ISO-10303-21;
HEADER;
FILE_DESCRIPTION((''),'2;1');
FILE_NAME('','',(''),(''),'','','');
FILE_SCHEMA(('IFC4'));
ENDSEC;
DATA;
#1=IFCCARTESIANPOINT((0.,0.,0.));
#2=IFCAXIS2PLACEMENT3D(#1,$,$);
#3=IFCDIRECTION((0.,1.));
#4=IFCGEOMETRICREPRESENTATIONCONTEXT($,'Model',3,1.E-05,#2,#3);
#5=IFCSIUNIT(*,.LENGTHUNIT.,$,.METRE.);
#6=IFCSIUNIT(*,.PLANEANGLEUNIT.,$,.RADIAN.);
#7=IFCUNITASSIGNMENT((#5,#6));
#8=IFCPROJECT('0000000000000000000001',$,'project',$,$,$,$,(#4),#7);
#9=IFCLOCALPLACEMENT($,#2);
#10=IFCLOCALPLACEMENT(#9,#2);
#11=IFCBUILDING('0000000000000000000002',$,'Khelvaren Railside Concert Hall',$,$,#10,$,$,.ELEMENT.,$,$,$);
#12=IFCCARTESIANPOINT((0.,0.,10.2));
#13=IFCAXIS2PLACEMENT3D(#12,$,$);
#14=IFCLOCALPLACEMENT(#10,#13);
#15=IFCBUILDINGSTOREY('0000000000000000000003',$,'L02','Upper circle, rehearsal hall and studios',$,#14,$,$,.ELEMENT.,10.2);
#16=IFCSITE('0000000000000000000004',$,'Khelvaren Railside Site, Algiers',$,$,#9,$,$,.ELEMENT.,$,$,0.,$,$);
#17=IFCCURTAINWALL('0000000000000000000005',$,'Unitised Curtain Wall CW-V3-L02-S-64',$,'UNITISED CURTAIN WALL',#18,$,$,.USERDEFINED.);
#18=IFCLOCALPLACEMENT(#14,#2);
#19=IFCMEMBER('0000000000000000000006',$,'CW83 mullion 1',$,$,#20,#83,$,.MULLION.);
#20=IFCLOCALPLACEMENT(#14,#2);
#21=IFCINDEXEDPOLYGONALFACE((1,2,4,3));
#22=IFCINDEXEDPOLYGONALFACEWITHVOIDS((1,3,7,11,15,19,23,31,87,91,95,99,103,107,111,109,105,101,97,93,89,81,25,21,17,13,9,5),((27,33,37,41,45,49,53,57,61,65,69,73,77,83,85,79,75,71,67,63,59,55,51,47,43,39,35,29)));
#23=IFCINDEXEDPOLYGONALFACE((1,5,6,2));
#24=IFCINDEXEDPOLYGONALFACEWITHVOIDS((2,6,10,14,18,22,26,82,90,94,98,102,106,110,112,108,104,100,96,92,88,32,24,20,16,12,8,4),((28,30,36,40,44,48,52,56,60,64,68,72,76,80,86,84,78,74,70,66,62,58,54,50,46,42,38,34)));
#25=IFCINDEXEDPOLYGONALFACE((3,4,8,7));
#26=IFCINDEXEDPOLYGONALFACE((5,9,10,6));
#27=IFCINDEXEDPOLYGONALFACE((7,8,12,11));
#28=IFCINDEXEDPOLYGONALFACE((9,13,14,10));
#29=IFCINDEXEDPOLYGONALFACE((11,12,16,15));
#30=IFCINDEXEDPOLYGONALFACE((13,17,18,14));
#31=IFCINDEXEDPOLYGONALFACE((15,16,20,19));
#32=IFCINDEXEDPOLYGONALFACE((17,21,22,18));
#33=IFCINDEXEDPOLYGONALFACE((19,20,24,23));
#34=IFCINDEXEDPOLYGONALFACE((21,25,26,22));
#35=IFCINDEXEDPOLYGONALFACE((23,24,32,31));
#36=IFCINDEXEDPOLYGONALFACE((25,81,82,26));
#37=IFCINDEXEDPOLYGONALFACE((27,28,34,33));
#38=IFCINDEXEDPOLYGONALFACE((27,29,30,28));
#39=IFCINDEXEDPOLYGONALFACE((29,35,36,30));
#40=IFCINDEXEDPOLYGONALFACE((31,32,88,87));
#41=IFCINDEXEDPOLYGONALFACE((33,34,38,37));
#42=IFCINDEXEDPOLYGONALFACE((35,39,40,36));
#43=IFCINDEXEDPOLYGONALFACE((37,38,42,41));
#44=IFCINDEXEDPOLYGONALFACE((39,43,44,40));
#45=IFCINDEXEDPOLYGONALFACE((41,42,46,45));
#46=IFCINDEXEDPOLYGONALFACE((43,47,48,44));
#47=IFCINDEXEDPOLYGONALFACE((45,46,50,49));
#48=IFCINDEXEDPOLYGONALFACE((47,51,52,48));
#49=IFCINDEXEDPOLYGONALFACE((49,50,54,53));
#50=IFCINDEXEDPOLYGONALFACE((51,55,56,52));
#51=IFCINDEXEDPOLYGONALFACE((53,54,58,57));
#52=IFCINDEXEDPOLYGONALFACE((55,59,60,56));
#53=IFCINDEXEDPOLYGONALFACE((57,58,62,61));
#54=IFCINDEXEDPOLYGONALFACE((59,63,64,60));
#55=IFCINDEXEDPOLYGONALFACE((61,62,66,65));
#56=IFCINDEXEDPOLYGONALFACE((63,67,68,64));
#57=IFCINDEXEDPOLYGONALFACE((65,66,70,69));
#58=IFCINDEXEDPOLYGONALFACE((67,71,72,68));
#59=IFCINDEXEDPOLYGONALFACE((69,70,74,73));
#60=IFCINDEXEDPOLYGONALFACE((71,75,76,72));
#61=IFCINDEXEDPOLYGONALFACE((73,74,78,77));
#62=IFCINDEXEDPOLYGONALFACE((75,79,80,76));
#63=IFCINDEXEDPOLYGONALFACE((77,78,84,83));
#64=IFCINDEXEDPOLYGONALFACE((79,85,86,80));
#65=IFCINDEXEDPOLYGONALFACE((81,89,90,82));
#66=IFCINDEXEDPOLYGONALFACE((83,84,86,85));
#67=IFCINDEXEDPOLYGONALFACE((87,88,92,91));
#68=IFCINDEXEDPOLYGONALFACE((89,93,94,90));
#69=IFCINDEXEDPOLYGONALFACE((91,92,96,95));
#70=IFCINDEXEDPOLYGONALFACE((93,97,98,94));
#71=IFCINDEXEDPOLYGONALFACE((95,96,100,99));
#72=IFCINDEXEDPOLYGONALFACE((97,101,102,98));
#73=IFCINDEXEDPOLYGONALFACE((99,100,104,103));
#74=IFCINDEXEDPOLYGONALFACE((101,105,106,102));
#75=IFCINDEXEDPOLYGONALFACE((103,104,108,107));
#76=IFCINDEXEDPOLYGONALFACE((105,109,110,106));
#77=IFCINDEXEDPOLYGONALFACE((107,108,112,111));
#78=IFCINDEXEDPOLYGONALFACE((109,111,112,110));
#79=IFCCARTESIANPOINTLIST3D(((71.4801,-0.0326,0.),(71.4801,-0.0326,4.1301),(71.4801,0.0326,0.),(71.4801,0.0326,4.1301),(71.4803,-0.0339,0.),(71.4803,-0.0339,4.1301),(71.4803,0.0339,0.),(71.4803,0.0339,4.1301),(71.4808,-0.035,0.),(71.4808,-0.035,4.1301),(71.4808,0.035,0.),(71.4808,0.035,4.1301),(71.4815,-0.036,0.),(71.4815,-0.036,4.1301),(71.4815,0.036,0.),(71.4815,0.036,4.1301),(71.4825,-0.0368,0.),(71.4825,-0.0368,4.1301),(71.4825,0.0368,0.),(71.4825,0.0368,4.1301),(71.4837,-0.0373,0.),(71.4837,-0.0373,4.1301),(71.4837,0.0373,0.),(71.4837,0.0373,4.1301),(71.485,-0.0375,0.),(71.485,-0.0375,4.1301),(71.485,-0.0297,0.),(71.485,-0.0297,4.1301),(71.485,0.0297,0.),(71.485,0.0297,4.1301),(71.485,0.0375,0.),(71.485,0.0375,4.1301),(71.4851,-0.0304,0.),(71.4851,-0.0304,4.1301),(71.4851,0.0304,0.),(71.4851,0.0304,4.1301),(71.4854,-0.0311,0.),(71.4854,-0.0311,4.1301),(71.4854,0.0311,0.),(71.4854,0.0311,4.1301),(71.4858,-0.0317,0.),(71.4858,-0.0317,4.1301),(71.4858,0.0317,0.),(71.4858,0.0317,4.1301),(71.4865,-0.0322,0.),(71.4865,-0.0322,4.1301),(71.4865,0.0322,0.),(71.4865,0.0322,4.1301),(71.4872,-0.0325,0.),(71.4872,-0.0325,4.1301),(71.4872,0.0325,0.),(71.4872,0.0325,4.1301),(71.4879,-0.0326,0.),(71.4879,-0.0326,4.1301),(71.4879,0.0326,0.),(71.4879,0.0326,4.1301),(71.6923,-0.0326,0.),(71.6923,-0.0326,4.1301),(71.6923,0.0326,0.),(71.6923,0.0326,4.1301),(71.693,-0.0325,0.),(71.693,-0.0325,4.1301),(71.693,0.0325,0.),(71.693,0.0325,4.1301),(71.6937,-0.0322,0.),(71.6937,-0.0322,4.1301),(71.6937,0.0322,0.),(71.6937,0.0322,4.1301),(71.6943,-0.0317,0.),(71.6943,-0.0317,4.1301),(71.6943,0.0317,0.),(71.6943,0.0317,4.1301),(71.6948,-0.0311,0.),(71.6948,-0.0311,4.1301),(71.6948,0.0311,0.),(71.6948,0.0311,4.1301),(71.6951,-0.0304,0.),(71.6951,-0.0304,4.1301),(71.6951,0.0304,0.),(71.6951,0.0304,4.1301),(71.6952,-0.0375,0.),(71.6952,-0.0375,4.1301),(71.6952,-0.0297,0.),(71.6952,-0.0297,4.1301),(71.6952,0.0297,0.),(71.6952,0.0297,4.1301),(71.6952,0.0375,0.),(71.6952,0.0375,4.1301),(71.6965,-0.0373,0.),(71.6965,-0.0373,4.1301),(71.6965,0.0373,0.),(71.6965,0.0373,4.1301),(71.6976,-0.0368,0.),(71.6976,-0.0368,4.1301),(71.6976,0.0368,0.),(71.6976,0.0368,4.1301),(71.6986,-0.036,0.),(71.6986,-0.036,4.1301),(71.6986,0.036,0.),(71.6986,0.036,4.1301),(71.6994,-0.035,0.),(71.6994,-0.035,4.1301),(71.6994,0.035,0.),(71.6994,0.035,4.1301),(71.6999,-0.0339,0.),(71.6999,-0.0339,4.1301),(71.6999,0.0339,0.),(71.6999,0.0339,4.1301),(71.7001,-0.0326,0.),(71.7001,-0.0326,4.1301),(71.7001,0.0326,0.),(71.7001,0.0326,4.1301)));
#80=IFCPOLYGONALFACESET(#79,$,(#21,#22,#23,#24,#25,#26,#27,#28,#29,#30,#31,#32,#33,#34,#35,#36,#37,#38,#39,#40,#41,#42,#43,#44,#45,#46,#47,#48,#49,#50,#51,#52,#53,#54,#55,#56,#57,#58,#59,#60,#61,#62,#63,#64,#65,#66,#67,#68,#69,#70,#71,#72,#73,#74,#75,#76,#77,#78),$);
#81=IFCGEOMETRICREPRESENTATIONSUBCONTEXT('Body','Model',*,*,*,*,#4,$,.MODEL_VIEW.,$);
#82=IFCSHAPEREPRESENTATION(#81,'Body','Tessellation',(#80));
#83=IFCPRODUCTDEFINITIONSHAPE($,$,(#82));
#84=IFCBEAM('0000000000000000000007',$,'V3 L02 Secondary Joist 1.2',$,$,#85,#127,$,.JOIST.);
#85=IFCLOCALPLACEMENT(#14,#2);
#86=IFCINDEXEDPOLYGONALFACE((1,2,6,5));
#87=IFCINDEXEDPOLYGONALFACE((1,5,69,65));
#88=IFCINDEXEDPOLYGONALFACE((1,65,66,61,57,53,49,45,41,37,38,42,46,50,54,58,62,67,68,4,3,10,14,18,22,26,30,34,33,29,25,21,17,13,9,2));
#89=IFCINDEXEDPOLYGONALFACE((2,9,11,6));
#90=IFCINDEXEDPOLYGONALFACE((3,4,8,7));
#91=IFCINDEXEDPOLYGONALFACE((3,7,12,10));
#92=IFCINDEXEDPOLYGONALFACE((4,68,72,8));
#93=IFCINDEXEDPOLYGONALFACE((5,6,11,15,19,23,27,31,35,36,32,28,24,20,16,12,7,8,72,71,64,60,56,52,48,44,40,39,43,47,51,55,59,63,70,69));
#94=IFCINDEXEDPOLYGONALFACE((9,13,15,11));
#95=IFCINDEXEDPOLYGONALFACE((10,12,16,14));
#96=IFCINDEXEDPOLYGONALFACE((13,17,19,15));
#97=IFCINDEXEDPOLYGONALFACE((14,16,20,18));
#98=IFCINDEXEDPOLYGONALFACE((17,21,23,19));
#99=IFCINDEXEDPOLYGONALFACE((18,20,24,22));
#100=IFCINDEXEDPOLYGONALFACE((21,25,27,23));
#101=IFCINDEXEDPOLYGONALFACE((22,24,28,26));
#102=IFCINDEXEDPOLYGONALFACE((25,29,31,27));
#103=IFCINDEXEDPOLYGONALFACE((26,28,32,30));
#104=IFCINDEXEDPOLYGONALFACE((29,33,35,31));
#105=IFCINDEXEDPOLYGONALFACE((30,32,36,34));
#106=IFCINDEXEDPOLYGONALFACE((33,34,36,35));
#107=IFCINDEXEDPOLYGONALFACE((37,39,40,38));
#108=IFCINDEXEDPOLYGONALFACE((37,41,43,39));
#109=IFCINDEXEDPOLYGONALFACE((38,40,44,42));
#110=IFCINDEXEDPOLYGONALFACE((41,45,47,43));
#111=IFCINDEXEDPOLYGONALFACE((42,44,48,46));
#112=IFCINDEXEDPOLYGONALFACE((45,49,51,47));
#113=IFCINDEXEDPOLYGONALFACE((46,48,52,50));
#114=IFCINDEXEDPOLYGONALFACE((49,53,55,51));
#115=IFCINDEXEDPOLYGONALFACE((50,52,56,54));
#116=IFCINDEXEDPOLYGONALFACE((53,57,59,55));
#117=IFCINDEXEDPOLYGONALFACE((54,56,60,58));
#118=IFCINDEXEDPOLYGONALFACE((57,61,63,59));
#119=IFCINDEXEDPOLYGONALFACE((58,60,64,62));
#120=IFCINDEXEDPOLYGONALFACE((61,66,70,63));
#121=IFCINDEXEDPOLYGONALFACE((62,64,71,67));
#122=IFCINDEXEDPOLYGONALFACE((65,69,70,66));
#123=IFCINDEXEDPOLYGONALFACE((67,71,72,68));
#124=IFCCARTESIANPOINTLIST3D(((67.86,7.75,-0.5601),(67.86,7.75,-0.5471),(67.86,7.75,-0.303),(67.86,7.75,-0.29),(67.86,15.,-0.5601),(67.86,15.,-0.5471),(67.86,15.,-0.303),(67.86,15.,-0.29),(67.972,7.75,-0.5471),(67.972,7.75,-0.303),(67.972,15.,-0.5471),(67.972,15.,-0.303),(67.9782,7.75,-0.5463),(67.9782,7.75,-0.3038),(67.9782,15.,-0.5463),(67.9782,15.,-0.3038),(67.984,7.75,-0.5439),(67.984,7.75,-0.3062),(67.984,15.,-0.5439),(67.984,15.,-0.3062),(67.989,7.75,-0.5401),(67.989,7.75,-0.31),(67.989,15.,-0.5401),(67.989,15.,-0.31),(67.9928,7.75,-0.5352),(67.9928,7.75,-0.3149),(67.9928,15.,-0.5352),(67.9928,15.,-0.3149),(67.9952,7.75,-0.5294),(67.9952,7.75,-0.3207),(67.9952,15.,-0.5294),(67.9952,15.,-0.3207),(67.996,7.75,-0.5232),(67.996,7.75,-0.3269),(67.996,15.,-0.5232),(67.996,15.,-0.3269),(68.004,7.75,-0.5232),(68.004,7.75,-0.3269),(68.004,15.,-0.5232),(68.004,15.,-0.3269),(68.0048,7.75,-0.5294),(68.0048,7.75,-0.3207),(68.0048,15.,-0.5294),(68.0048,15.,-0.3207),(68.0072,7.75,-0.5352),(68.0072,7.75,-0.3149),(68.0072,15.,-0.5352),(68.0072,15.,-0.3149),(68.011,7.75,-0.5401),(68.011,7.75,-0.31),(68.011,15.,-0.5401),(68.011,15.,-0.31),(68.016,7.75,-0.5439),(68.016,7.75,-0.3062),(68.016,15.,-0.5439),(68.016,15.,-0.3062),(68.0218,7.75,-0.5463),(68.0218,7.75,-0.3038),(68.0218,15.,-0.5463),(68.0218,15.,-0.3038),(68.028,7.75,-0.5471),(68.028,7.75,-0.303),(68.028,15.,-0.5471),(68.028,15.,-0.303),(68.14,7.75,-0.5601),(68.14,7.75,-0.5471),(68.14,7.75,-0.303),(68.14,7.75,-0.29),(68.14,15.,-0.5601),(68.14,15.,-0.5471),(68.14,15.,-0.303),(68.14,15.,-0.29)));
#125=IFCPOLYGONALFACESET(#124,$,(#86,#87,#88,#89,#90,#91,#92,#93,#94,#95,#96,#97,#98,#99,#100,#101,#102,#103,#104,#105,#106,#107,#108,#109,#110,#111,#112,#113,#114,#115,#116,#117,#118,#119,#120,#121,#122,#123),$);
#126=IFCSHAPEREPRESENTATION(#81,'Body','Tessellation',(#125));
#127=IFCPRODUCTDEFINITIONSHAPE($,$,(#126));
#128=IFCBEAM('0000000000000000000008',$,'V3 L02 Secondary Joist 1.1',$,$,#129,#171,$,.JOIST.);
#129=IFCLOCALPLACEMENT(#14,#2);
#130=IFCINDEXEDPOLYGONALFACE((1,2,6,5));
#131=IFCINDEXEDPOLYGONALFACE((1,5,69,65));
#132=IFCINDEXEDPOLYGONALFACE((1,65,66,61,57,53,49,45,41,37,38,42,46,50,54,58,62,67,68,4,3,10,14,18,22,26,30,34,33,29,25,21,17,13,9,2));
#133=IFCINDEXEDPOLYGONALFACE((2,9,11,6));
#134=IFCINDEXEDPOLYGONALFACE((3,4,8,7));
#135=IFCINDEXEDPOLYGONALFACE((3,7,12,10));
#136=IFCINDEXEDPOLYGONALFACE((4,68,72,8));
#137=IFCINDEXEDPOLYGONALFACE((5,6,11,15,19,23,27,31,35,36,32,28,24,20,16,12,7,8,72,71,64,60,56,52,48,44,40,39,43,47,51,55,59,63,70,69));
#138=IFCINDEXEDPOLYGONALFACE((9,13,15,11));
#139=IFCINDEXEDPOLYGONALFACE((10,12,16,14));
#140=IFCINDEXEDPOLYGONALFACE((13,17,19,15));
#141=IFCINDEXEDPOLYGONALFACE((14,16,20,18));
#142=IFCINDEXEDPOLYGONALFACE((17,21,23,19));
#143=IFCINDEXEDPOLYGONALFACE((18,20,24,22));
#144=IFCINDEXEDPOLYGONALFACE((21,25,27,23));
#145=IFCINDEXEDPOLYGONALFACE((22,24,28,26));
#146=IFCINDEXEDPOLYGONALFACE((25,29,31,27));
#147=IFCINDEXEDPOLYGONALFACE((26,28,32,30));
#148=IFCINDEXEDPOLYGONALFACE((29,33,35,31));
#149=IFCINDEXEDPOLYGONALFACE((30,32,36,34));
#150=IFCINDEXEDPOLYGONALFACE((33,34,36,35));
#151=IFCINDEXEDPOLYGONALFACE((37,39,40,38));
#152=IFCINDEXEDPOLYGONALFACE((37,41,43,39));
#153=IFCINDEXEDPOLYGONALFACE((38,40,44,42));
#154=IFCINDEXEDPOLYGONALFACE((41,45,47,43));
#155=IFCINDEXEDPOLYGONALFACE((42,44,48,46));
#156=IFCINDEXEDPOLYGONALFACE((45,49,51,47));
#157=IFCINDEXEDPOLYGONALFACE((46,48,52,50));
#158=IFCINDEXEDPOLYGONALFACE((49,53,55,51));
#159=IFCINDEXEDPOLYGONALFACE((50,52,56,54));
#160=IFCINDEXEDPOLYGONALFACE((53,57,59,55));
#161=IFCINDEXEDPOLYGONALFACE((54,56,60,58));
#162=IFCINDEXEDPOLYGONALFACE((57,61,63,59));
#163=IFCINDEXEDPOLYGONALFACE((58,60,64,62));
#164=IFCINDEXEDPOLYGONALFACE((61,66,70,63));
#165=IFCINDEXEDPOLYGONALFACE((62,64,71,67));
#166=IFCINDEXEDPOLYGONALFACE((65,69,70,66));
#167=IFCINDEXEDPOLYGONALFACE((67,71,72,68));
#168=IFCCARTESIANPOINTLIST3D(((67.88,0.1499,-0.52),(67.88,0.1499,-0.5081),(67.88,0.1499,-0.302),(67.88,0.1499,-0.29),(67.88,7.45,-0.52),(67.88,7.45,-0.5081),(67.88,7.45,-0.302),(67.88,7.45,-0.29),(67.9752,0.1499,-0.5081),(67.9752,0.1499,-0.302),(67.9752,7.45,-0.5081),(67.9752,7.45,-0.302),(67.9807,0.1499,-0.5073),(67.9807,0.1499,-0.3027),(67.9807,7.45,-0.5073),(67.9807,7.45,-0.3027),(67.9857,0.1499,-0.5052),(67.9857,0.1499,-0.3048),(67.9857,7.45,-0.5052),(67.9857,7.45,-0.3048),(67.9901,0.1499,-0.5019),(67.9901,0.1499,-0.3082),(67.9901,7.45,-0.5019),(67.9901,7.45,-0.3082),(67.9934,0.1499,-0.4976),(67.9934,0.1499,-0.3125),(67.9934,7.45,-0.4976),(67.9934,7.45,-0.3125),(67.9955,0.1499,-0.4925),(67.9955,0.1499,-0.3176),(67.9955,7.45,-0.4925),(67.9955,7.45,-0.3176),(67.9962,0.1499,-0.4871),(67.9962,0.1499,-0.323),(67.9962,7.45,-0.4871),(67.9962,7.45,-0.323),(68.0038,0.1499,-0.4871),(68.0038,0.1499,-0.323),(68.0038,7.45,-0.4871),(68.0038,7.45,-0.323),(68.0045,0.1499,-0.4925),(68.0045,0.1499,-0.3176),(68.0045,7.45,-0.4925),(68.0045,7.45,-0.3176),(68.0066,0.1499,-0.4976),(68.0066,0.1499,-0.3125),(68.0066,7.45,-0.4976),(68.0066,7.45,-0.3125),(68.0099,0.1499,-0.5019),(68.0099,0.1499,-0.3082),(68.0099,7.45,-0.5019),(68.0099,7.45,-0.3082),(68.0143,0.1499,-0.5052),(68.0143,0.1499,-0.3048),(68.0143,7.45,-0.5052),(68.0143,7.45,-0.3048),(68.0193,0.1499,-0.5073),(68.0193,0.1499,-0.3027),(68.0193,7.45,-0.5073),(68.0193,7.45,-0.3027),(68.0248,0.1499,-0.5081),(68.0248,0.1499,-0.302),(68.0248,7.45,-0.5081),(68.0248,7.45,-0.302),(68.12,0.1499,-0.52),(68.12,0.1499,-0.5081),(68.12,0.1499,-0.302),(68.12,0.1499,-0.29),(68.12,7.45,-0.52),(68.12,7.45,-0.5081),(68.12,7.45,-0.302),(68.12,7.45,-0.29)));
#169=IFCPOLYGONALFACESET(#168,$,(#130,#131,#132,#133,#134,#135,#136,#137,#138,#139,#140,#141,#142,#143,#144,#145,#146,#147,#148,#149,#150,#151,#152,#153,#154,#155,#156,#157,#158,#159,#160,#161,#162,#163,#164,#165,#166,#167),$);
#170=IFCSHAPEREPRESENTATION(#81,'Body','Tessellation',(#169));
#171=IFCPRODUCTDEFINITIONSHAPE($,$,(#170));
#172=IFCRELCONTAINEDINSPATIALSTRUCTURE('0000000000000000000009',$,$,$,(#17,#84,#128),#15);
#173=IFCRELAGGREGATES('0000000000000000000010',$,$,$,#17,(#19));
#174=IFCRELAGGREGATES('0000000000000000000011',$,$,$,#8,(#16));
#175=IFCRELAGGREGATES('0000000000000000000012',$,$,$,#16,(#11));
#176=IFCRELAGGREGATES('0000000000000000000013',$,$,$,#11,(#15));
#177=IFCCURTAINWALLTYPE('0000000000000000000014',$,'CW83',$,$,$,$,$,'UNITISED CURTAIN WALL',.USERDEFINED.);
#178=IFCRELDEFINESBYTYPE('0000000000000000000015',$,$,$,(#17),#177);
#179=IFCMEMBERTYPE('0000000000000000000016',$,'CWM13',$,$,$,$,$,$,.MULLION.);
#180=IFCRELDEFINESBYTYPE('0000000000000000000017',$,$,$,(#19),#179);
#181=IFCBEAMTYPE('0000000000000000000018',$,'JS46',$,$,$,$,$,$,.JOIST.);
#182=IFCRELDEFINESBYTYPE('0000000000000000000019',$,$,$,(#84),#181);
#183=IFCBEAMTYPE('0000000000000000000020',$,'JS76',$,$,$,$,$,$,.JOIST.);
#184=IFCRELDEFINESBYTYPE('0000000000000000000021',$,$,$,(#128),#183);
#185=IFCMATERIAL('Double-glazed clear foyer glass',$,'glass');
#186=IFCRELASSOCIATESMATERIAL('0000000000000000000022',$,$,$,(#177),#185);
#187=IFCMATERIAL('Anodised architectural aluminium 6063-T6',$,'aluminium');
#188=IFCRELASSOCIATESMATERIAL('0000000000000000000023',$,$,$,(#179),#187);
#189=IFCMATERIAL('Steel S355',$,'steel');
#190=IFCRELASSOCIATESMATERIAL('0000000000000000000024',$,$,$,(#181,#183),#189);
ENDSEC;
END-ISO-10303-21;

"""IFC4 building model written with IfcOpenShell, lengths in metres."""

from ifc_helpers import new_model, si_unit, direction, frame, origin, origin_2d, place, context, subcontext, project, spatial, hollow_rectangle, i_section, extrude, material, material_profile, profile_set, type_object, element, aggregate, save


model = new_model("IFC4")

# Units and contexts
model_context = context("Model", 3, precision=1e-05, world=origin(), true_north=direction((0.0, 1.0)))
body_context = subcontext(model_context, "Body", "Model", "MODEL_VIEW")
ifc_project = project(units=[si_unit("LENGTHUNIT", "METRE"), si_unit("PLANEANGLEUNIT", "RADIAN")], contexts=[model_context])

# Site, building, storey
site_placement = place(None, origin())
site = spatial("IfcSite", under=ifc_project, at=site_placement, Name="Khelvaren Railside Site, Algiers", CompositionType="ELEMENT", RefElevation=0.0)
building_placement = place(site_placement, origin())
building = spatial("IfcBuilding", under=site, at=building_placement, Name="Khelvaren Railside Concert Hall", CompositionType="ELEMENT")
storey_placement = place(building_placement, frame((0.0, 0.0, 10.2)))
storey = spatial("IfcBuildingStorey", under=building, at=storey_placement, Name="L02", Description="Upper circle, rehearsal hall and studios", CompositionType="ELEMENT", Elevation=10.2)

# Shared definitions
ifc_material_1 = material(Name="Steel S355", Category="steel")

# Curtain wall, member
ifc_material_2 = material(Name="Double-glazed clear foyer glass", Category="glass")
curtain_wall_type = type_object("IfcCurtainWallType", Name="CW83", ElementType="UNITISED CURTAIN WALL", PredefinedType="USERDEFINED", material=ifc_material_2)
curtain_wall_placement = place(storey_placement, origin())
curtain_wall = element("IfcCurtainWall", 1, at=curtain_wall_placement, inside=storey, type_object=curtain_wall_type, Name="Unitised Curtain Wall CW-V3-L02-S-64", ObjectType="UNITISED CURTAIN WALL", PredefinedType="USERDEFINED")
ifc_material_3 = material(Name="Anodised architectural aluminium 6063-T6", Category="aluminium")
ifc_material_profile_1 = material_profile(ifc_material_3, hollow_rectangle(XDim=0.075, YDim=0.22, WallThickness=0.0049, InnerFilletRadius=0.0029, OuterFilletRadius=0.0049, at=origin_2d()), Name="CWM 75x220x5")
ifc_profile_set_1 = profile_set([ifc_material_profile_1], Name="Anodised architectural aluminium 6063-T6")
member_type = type_object("IfcMemberType", Name="CWM13", PredefinedType="MULLION", material=ifc_profile_set_1)
member_placement = place(storey_placement, frame((71.5901, 0.0, 0.0), z_axis=(0.0, 0.0, 1.0), x_axis=(0.0, -1.0, 0.0)))
member = element("IfcMember", 2, at=member_placement, type_object=member_type, Name="CW83 mullion 1", PredefinedType="MULLION", context=body_context, shape_type="SweptSolid", body=[
    extrude(hollow_rectangle(XDim=0.075, YDim=0.22, WallThickness=0.0049, InnerFilletRadius=0.0029, OuterFilletRadius=0.0049, at=origin_2d()), origin(), (0.0, 0.0, 1.0), 4.1301),
])
aggregate(curtain_wall, [member])

# Beams
ifc_material_profile_2 = material_profile(ifc_material_1, i_section(OverallWidth=0.28, OverallDepth=0.27, WebThickness=0.0081, FlangeThickness=0.0129, FilletRadius=0.0239, at=origin_2d()), Name="HEA 280")
ifc_profile_set_2 = profile_set([ifc_material_profile_2], Name="Steel S355")
beam_type_1 = type_object("IfcBeamType", Name="JS46", PredefinedType="JOIST", material=ifc_profile_set_2)
beam_1_placement = place(storey_placement, frame((68.0, 7.75, -0.425), z_axis=(0.0, 1.0, 0.0), x_axis=(-1.0, 0.0, 0.0)))
element("IfcBeam", 3, at=beam_1_placement, inside=storey, type_object=beam_type_1, Name="V3 L02 Secondary Joist 1.2", PredefinedType="JOIST", context=body_context, shape_type="SweptSolid", body=[
    extrude(i_section(OverallWidth=0.28, OverallDepth=0.27, WebThickness=0.0081, FlangeThickness=0.0129, FilletRadius=0.0239, at=origin_2d()), origin(), (0.0, 0.0, 1.0), 7.25),
])
ifc_material_profile_3 = material_profile(ifc_material_1, i_section(OverallWidth=0.24, OverallDepth=0.23, WebThickness=0.0076, FlangeThickness=0.012, FilletRadius=0.021, at=origin_2d()), Name="HEA 240")
ifc_profile_set_3 = profile_set([ifc_material_profile_3], Name="Steel S355")
beam_type_2 = type_object("IfcBeamType", Name="JS76", PredefinedType="JOIST", material=ifc_profile_set_3)
beam_2_placement = place(storey_placement, frame((68.0, 0.1499, -0.405), z_axis=(0.0, 1.0, 0.0), x_axis=(-1.0, 0.0, 0.0)))
element("IfcBeam", 4, at=beam_2_placement, inside=storey, type_object=beam_type_2, Name="V3 L02 Secondary Joist 1.1", PredefinedType="JOIST", context=body_context, shape_type="SweptSolid", body=[
    extrude(i_section(OverallWidth=0.24, OverallDepth=0.23, WebThickness=0.0076, FlangeThickness=0.012, FilletRadius=0.021, at=origin_2d()), origin(), (0.0, 0.0, 1.0), 7.3),
])

save(model, "model.ifc")
